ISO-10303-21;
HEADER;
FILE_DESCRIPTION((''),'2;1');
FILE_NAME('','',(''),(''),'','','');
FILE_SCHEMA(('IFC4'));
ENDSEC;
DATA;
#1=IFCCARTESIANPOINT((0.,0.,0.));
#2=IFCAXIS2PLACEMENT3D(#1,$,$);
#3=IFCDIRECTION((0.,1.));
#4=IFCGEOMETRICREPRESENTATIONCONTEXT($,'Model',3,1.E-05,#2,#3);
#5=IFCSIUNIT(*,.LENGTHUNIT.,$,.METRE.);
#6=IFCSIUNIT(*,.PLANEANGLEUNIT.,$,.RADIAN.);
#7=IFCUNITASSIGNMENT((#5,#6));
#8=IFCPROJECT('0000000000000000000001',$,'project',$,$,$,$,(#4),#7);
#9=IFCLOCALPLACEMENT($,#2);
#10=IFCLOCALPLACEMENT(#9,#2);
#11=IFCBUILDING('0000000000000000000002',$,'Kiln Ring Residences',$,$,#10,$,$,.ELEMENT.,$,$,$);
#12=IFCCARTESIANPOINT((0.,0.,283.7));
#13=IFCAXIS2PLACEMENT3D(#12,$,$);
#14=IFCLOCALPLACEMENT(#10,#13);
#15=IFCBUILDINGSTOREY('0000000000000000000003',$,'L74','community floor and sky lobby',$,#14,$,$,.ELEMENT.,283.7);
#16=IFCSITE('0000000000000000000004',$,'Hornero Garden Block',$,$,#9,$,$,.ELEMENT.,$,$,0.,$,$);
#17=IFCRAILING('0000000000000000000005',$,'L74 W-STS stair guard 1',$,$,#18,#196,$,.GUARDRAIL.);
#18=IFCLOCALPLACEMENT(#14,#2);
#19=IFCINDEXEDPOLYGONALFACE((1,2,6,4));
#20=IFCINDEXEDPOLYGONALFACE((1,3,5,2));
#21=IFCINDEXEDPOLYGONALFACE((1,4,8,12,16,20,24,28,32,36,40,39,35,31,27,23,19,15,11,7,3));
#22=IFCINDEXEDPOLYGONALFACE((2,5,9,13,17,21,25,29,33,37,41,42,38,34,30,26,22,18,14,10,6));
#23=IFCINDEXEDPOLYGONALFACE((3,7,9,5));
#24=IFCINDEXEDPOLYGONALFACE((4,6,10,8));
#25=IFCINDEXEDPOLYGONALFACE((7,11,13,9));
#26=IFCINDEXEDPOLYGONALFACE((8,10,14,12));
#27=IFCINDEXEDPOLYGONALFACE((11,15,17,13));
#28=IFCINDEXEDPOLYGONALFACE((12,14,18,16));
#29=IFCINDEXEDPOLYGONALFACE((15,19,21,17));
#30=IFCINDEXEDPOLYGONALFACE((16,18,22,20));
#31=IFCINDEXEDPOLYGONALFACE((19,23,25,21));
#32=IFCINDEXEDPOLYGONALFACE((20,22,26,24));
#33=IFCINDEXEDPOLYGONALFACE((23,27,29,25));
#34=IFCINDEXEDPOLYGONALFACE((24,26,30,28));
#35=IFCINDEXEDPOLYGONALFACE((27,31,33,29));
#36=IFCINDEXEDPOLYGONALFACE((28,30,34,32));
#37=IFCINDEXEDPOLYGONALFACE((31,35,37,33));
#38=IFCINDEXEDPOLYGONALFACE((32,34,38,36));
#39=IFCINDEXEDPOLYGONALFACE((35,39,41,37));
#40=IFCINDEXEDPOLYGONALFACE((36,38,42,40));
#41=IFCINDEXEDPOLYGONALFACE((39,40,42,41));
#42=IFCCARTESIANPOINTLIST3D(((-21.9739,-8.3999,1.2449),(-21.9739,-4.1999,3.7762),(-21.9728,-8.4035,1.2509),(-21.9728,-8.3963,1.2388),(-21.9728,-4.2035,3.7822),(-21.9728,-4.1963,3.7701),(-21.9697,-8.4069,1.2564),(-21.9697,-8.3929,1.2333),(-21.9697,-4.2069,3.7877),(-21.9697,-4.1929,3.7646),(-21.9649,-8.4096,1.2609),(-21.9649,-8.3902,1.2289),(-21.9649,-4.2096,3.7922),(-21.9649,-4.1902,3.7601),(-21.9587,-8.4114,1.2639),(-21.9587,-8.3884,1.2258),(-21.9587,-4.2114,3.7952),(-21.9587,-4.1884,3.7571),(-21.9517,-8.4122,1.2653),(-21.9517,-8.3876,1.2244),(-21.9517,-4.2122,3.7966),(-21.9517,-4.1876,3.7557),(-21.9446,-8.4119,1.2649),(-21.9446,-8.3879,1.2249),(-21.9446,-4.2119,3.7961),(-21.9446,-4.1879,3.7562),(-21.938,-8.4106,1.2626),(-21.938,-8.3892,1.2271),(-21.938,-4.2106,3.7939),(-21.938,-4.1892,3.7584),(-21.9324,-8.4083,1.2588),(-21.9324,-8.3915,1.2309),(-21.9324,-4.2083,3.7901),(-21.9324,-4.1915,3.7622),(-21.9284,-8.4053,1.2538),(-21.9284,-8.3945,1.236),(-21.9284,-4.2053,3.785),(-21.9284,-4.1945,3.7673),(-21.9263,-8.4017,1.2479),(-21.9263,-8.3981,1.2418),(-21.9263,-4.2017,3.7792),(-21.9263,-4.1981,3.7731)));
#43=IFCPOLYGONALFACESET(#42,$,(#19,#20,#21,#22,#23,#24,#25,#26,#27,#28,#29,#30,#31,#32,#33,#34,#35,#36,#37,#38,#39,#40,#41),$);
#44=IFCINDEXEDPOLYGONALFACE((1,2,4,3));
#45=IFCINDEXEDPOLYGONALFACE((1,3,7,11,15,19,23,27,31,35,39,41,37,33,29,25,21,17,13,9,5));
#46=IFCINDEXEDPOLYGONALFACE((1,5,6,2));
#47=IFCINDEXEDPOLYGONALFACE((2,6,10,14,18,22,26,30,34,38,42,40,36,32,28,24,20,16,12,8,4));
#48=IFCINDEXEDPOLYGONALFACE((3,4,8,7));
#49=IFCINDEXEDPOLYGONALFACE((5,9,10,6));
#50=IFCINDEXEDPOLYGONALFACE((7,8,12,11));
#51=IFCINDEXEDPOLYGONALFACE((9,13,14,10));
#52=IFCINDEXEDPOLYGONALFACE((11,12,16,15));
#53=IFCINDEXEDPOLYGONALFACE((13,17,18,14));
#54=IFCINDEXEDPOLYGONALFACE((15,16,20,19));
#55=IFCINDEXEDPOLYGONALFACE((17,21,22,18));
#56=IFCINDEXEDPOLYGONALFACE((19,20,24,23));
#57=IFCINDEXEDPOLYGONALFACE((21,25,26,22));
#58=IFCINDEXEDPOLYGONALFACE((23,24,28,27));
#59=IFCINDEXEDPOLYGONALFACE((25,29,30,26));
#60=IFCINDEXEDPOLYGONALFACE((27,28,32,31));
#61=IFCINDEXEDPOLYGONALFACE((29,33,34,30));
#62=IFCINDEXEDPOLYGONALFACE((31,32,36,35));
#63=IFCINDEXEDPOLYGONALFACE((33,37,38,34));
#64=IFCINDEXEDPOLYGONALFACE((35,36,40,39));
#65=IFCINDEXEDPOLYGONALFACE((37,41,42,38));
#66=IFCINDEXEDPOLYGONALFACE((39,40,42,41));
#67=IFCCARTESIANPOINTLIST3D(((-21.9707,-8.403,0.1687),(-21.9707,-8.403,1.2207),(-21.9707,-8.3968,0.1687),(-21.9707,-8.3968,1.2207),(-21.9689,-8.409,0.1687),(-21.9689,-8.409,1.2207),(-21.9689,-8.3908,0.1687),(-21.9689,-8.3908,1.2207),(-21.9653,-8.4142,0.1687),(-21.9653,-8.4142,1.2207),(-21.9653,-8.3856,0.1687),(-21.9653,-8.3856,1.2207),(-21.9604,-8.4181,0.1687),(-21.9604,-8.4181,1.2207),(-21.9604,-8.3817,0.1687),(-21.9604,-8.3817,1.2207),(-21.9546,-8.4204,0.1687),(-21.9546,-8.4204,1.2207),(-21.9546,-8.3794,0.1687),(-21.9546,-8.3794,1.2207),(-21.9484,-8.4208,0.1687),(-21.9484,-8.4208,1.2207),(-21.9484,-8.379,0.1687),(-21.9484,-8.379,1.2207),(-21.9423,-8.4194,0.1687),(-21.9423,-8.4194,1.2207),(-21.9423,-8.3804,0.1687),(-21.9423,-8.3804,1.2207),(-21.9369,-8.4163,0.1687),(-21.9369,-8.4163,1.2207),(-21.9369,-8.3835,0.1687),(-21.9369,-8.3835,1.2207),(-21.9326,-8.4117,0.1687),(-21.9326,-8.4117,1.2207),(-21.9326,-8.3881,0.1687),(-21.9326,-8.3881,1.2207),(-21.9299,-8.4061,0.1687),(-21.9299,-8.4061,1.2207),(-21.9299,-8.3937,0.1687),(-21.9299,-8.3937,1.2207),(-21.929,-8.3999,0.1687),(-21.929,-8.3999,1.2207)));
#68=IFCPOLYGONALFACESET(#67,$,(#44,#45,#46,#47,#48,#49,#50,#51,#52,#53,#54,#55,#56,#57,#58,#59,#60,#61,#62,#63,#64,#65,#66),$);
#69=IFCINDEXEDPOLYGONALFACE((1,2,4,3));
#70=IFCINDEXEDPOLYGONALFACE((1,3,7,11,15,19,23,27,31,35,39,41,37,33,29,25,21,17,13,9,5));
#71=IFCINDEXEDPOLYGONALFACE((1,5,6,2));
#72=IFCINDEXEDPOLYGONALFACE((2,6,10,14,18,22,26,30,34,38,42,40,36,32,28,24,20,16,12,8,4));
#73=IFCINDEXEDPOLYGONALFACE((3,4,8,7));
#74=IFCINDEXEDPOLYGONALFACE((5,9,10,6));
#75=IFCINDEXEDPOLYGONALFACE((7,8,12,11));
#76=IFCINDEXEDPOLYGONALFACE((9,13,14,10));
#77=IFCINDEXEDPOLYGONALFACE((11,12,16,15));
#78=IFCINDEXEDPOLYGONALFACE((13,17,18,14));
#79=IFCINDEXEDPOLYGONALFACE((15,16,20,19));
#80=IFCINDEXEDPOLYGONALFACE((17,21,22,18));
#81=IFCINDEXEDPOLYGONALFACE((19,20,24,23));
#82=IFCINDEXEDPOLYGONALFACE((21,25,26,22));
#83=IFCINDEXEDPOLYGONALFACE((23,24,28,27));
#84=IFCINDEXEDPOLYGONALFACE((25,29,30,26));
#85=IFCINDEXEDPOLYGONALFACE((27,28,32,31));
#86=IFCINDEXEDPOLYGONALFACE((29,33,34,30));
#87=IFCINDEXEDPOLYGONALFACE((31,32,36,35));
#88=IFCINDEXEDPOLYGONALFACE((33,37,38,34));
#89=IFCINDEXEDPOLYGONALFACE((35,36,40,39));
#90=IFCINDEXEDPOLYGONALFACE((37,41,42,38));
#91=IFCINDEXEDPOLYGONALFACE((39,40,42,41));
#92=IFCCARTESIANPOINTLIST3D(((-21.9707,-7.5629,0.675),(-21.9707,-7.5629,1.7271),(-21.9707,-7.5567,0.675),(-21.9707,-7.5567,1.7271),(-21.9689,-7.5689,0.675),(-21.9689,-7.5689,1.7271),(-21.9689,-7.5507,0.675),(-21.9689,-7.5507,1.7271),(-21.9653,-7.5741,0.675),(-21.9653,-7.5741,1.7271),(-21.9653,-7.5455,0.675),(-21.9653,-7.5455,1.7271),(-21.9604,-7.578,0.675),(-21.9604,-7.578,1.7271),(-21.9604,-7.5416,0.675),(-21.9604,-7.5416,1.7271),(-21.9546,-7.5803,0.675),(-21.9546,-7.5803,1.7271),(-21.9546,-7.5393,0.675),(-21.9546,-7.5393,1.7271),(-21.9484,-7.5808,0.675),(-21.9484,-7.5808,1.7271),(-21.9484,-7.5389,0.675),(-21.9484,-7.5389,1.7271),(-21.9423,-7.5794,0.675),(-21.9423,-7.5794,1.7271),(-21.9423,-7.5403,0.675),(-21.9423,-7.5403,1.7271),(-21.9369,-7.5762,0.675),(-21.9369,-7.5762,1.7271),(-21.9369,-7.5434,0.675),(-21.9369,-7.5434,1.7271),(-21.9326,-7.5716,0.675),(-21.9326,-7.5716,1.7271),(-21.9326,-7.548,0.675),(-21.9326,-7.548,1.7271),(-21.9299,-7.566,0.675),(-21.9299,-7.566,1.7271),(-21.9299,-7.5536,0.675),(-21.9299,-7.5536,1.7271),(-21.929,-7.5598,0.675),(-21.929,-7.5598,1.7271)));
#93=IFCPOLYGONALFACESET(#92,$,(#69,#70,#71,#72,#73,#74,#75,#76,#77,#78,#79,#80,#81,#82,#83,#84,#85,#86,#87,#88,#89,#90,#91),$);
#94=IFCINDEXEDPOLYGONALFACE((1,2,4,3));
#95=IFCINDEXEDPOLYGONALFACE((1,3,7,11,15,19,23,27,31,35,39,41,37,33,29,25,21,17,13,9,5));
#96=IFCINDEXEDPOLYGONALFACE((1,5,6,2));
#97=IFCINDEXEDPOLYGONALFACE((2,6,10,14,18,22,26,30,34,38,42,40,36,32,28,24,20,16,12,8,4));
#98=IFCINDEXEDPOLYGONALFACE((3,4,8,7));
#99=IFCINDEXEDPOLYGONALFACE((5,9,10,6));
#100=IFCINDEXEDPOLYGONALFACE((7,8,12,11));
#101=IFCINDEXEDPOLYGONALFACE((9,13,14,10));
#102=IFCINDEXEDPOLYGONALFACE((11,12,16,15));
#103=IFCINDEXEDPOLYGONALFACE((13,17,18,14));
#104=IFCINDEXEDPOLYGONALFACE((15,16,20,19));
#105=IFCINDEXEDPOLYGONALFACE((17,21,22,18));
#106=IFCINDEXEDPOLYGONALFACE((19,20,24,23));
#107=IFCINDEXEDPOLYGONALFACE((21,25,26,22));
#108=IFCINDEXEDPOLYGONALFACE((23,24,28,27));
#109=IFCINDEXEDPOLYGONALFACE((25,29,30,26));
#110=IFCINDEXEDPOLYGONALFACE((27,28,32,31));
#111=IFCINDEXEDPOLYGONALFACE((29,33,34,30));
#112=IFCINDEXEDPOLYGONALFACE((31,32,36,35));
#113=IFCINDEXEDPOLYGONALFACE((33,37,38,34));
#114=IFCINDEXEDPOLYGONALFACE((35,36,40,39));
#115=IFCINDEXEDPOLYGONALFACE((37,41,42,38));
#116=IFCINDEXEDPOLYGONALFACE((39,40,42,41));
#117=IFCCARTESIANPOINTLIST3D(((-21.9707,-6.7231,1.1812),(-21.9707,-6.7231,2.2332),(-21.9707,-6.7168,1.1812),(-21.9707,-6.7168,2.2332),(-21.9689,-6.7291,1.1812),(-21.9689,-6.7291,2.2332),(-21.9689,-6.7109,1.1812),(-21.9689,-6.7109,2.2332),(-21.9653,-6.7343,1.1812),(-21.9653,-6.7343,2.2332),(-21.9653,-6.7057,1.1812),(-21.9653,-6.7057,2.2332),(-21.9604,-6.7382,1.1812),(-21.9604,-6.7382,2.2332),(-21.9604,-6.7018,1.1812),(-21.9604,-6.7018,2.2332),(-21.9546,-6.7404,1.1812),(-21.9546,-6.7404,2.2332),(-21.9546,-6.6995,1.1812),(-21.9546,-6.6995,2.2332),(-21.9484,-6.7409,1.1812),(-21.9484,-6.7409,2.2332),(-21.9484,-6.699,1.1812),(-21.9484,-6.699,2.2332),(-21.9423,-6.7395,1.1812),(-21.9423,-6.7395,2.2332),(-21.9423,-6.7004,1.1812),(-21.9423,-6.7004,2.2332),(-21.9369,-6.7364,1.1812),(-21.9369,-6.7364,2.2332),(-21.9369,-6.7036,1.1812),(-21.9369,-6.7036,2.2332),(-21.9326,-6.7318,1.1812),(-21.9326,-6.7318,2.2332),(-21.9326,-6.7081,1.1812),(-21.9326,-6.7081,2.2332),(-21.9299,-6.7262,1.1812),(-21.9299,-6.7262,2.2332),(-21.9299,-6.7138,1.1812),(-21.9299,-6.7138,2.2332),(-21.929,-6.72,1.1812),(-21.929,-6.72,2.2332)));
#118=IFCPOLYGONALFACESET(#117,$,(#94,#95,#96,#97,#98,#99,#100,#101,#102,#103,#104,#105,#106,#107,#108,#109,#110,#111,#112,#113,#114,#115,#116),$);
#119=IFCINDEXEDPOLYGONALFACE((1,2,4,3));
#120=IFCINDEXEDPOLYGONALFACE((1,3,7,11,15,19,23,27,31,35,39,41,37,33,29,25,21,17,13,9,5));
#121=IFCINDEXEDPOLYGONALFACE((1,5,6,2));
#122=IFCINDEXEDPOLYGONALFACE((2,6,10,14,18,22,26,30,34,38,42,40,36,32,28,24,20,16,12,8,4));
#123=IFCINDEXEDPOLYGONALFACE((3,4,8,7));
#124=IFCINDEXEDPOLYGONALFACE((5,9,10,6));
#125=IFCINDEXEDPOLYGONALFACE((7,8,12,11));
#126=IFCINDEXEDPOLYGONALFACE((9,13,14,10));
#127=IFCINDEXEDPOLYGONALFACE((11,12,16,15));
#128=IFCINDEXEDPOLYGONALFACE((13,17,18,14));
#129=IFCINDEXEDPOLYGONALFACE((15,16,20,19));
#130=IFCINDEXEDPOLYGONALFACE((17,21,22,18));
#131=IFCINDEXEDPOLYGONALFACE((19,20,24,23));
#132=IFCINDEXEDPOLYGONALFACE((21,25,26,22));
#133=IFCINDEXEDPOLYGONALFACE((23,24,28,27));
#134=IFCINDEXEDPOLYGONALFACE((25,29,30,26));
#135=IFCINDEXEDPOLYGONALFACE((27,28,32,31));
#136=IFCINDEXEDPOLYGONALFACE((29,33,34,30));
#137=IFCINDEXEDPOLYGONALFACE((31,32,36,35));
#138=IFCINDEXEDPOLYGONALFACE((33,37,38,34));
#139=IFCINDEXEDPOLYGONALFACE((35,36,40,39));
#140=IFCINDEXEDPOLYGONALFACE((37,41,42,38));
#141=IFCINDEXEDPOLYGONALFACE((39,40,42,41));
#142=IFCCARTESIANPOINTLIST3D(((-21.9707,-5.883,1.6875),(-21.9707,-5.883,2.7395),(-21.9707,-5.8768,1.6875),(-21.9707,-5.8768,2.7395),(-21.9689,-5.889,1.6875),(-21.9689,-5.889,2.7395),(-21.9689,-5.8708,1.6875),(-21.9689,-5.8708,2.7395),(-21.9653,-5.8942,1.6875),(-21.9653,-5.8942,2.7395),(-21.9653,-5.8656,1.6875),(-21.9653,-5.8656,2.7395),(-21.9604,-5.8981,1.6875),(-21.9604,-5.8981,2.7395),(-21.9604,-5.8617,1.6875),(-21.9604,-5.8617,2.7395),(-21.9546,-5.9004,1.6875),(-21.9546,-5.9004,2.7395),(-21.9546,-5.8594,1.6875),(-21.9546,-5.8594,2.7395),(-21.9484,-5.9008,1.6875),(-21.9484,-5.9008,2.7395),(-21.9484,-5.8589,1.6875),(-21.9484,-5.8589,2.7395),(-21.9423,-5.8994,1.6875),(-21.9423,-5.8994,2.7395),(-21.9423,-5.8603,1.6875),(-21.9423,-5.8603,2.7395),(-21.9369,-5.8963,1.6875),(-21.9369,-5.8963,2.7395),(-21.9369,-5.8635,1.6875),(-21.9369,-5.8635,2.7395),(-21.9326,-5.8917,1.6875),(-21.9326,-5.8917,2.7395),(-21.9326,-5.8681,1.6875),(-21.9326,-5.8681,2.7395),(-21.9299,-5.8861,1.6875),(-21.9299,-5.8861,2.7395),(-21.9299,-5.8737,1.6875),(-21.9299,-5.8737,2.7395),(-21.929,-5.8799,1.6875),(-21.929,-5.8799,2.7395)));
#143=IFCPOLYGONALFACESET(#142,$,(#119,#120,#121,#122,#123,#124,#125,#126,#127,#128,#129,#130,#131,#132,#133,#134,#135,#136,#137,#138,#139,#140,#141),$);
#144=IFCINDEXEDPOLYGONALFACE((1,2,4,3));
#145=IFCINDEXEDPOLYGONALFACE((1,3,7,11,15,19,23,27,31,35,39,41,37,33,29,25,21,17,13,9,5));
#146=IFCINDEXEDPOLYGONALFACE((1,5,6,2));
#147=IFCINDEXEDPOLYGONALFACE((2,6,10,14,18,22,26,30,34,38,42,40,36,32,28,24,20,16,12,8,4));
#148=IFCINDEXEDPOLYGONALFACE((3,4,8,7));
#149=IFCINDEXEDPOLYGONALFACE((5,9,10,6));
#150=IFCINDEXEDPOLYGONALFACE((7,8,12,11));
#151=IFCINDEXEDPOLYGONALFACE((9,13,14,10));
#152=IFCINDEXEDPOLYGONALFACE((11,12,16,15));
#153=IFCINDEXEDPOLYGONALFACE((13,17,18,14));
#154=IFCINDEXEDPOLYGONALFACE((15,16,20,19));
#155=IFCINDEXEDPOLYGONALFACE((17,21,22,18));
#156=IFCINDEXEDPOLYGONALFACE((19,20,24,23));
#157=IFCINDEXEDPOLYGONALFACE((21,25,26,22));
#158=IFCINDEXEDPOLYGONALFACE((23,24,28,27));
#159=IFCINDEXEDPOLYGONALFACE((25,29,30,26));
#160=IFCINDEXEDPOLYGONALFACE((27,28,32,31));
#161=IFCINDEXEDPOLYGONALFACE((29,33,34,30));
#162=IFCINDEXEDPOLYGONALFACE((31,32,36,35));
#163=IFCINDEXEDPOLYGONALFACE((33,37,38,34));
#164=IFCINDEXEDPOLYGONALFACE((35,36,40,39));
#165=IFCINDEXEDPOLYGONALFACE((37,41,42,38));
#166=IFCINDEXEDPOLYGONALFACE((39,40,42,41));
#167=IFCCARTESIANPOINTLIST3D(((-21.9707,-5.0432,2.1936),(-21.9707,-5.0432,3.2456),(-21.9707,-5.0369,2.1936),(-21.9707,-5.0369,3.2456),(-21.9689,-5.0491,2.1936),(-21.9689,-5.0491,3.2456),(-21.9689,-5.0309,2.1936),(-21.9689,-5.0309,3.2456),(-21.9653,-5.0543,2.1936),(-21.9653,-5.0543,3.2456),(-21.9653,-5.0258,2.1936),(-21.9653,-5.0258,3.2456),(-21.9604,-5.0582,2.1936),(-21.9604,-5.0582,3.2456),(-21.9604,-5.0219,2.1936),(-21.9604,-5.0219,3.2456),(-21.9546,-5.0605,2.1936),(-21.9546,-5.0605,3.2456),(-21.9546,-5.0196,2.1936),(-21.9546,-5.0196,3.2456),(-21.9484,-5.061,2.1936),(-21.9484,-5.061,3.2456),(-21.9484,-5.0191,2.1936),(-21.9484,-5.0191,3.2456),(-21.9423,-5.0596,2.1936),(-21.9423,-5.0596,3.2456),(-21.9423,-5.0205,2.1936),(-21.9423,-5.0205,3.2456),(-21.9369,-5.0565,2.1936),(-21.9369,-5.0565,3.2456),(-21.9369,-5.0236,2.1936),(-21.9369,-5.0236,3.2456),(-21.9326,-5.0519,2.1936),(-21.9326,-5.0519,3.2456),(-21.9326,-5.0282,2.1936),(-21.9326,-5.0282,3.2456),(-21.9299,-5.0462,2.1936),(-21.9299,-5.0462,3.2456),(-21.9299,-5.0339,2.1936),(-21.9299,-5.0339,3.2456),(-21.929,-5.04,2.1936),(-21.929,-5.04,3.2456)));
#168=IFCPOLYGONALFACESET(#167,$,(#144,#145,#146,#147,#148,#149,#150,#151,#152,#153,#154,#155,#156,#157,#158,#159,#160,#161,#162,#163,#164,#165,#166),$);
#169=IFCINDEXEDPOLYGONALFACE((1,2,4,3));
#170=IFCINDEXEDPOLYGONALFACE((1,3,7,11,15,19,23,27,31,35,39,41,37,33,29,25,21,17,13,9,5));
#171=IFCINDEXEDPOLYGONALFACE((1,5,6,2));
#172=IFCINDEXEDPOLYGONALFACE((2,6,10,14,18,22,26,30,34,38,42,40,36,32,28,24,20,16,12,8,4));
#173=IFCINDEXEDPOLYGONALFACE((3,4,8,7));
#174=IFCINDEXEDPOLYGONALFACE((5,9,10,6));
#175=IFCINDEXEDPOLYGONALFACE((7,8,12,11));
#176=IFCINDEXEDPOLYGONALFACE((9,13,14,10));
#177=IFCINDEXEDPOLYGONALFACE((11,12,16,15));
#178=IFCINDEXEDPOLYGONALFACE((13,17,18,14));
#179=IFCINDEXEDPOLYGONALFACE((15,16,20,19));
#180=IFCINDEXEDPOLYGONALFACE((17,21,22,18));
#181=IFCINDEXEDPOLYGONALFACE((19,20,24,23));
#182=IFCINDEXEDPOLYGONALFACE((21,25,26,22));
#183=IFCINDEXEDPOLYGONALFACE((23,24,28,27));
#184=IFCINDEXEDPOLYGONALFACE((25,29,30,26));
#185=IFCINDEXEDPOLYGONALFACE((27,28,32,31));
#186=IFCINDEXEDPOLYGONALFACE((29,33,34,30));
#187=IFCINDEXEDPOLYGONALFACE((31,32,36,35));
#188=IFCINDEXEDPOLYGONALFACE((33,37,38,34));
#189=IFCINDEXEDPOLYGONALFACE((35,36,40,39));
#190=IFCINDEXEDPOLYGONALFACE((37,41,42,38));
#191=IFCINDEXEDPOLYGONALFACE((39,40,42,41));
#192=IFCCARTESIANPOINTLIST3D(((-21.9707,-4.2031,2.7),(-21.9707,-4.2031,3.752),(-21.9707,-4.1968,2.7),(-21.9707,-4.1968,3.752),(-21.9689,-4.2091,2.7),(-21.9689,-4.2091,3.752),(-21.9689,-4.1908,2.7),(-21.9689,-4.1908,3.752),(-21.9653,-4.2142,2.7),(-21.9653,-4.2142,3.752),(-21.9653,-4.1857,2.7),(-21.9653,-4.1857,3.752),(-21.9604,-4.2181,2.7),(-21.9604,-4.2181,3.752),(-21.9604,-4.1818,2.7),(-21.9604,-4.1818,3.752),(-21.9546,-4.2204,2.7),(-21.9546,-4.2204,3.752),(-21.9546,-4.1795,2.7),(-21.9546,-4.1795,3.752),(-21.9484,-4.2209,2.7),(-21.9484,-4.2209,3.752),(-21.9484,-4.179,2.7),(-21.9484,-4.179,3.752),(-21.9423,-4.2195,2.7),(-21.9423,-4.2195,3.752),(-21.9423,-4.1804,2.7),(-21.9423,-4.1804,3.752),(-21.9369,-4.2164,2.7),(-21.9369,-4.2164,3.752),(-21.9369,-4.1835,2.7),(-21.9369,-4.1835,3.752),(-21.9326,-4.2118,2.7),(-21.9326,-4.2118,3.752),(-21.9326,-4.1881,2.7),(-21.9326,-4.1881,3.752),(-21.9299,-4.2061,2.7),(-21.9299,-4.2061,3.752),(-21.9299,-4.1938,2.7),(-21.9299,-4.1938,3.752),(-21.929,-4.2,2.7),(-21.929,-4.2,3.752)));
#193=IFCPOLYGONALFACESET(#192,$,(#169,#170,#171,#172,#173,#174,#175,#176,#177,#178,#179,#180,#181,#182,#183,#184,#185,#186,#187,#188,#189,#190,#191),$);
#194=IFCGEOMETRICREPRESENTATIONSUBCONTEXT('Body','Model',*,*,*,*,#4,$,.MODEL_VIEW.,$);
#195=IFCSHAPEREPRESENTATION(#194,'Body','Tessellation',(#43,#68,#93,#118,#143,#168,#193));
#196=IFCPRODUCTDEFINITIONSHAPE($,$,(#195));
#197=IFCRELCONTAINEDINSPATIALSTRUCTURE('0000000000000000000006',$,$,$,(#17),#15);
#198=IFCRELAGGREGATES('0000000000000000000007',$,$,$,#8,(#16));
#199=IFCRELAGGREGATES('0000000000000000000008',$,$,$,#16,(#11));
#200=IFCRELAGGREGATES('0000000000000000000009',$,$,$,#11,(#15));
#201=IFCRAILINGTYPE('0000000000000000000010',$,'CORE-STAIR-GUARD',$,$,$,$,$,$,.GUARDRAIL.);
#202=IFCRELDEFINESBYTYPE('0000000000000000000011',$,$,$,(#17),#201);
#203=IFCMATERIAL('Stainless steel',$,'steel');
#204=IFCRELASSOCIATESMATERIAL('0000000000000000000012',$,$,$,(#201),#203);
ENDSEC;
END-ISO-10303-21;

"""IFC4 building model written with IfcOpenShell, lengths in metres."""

from ifc_helpers import new_model, si_unit, direction, frame, origin, origin_2d, place, context, subcontext, project, spatial, circle, extrude, material, type_object, element, save


model = new_model("IFC4")

# Units and contexts
model_context = context("Model", 3, precision=1e-05, world=origin(), true_north=direction((0.0, 1.0)))
body_context = subcontext(model_context, "Body", "Model", "MODEL_VIEW")
ifc_project = project(units=[si_unit("LENGTHUNIT", "METRE"), si_unit("PLANEANGLEUNIT", "RADIAN")], contexts=[model_context])

# Site, building, storey
site_placement = place(None, origin())
site = spatial("IfcSite", under=ifc_project, at=site_placement, Name="Hornero Garden Block", CompositionType="ELEMENT", RefElevation=0.0)
building_placement = place(site_placement, origin())
building = spatial("IfcBuilding", under=site, at=building_placement, Name="Kiln Ring Residences", CompositionType="ELEMENT")
storey_placement = place(building_placement, frame((0.0, 0.0, 283.7)))
storey = spatial("IfcBuildingStorey", under=building, at=storey_placement, Name="L74", Description="community floor and sky lobby", CompositionType="ELEMENT", Elevation=283.7)

# Railing
ifc_material_1 = material(Name="Stainless steel", Category="steel")
railing_type = type_object("IfcRailingType", Name="CORE-STAIR-GUARD", PredefinedType="GUARDRAIL", material=ifc_material_1)
railing_1_placement = place(storey_placement, frame((-21.95, -8.3999, 0.1687)))
element("IfcRailing", 1, at=railing_1_placement, inside=storey, type_object=railing_type, Name="L74 W-STS stair guard 1", PredefinedType="GUARDRAIL", context=body_context, shape_type="SweptSolid", body=[
    extrude(circle(Radius=0.0239, at=origin_2d()), frame((0.0, 0.0, 1.0762), z_axis=(0.0, 0.856476, 0.516186), x_axis=(-1.0, 0.0, 0.0)), (0.0, 0.0, 1.0), 4.9038),
    extrude(circle(Radius=0.021, at=origin_2d()), origin(), (0.0, 0.0, 1.0), 1.052),
    extrude(circle(Radius=0.021, at=origin_2d()), frame((0.0, 0.8401, 0.5063)), (0.0, 0.0, 1.0), 1.052),
    extrude(circle(Radius=0.021, at=origin_2d()), frame((0.0, 1.6799, 1.0125)), (0.0, 0.0, 1.0), 1.052),
    extrude(circle(Radius=0.021, at=origin_2d()), frame((0.0, 2.52, 1.5188)), (0.0, 0.0, 1.0), 1.052),
    extrude(circle(Radius=0.021, at=origin_2d()), frame((0.0, 3.3599, 2.0249)), (0.0, 0.0, 1.0), 1.052),
    extrude(circle(Radius=0.021, at=origin_2d()), frame((0.0, 4.2, 2.5312)), (0.0, 0.0, 1.0), 1.052),
])

save(model, "model.ifc")
